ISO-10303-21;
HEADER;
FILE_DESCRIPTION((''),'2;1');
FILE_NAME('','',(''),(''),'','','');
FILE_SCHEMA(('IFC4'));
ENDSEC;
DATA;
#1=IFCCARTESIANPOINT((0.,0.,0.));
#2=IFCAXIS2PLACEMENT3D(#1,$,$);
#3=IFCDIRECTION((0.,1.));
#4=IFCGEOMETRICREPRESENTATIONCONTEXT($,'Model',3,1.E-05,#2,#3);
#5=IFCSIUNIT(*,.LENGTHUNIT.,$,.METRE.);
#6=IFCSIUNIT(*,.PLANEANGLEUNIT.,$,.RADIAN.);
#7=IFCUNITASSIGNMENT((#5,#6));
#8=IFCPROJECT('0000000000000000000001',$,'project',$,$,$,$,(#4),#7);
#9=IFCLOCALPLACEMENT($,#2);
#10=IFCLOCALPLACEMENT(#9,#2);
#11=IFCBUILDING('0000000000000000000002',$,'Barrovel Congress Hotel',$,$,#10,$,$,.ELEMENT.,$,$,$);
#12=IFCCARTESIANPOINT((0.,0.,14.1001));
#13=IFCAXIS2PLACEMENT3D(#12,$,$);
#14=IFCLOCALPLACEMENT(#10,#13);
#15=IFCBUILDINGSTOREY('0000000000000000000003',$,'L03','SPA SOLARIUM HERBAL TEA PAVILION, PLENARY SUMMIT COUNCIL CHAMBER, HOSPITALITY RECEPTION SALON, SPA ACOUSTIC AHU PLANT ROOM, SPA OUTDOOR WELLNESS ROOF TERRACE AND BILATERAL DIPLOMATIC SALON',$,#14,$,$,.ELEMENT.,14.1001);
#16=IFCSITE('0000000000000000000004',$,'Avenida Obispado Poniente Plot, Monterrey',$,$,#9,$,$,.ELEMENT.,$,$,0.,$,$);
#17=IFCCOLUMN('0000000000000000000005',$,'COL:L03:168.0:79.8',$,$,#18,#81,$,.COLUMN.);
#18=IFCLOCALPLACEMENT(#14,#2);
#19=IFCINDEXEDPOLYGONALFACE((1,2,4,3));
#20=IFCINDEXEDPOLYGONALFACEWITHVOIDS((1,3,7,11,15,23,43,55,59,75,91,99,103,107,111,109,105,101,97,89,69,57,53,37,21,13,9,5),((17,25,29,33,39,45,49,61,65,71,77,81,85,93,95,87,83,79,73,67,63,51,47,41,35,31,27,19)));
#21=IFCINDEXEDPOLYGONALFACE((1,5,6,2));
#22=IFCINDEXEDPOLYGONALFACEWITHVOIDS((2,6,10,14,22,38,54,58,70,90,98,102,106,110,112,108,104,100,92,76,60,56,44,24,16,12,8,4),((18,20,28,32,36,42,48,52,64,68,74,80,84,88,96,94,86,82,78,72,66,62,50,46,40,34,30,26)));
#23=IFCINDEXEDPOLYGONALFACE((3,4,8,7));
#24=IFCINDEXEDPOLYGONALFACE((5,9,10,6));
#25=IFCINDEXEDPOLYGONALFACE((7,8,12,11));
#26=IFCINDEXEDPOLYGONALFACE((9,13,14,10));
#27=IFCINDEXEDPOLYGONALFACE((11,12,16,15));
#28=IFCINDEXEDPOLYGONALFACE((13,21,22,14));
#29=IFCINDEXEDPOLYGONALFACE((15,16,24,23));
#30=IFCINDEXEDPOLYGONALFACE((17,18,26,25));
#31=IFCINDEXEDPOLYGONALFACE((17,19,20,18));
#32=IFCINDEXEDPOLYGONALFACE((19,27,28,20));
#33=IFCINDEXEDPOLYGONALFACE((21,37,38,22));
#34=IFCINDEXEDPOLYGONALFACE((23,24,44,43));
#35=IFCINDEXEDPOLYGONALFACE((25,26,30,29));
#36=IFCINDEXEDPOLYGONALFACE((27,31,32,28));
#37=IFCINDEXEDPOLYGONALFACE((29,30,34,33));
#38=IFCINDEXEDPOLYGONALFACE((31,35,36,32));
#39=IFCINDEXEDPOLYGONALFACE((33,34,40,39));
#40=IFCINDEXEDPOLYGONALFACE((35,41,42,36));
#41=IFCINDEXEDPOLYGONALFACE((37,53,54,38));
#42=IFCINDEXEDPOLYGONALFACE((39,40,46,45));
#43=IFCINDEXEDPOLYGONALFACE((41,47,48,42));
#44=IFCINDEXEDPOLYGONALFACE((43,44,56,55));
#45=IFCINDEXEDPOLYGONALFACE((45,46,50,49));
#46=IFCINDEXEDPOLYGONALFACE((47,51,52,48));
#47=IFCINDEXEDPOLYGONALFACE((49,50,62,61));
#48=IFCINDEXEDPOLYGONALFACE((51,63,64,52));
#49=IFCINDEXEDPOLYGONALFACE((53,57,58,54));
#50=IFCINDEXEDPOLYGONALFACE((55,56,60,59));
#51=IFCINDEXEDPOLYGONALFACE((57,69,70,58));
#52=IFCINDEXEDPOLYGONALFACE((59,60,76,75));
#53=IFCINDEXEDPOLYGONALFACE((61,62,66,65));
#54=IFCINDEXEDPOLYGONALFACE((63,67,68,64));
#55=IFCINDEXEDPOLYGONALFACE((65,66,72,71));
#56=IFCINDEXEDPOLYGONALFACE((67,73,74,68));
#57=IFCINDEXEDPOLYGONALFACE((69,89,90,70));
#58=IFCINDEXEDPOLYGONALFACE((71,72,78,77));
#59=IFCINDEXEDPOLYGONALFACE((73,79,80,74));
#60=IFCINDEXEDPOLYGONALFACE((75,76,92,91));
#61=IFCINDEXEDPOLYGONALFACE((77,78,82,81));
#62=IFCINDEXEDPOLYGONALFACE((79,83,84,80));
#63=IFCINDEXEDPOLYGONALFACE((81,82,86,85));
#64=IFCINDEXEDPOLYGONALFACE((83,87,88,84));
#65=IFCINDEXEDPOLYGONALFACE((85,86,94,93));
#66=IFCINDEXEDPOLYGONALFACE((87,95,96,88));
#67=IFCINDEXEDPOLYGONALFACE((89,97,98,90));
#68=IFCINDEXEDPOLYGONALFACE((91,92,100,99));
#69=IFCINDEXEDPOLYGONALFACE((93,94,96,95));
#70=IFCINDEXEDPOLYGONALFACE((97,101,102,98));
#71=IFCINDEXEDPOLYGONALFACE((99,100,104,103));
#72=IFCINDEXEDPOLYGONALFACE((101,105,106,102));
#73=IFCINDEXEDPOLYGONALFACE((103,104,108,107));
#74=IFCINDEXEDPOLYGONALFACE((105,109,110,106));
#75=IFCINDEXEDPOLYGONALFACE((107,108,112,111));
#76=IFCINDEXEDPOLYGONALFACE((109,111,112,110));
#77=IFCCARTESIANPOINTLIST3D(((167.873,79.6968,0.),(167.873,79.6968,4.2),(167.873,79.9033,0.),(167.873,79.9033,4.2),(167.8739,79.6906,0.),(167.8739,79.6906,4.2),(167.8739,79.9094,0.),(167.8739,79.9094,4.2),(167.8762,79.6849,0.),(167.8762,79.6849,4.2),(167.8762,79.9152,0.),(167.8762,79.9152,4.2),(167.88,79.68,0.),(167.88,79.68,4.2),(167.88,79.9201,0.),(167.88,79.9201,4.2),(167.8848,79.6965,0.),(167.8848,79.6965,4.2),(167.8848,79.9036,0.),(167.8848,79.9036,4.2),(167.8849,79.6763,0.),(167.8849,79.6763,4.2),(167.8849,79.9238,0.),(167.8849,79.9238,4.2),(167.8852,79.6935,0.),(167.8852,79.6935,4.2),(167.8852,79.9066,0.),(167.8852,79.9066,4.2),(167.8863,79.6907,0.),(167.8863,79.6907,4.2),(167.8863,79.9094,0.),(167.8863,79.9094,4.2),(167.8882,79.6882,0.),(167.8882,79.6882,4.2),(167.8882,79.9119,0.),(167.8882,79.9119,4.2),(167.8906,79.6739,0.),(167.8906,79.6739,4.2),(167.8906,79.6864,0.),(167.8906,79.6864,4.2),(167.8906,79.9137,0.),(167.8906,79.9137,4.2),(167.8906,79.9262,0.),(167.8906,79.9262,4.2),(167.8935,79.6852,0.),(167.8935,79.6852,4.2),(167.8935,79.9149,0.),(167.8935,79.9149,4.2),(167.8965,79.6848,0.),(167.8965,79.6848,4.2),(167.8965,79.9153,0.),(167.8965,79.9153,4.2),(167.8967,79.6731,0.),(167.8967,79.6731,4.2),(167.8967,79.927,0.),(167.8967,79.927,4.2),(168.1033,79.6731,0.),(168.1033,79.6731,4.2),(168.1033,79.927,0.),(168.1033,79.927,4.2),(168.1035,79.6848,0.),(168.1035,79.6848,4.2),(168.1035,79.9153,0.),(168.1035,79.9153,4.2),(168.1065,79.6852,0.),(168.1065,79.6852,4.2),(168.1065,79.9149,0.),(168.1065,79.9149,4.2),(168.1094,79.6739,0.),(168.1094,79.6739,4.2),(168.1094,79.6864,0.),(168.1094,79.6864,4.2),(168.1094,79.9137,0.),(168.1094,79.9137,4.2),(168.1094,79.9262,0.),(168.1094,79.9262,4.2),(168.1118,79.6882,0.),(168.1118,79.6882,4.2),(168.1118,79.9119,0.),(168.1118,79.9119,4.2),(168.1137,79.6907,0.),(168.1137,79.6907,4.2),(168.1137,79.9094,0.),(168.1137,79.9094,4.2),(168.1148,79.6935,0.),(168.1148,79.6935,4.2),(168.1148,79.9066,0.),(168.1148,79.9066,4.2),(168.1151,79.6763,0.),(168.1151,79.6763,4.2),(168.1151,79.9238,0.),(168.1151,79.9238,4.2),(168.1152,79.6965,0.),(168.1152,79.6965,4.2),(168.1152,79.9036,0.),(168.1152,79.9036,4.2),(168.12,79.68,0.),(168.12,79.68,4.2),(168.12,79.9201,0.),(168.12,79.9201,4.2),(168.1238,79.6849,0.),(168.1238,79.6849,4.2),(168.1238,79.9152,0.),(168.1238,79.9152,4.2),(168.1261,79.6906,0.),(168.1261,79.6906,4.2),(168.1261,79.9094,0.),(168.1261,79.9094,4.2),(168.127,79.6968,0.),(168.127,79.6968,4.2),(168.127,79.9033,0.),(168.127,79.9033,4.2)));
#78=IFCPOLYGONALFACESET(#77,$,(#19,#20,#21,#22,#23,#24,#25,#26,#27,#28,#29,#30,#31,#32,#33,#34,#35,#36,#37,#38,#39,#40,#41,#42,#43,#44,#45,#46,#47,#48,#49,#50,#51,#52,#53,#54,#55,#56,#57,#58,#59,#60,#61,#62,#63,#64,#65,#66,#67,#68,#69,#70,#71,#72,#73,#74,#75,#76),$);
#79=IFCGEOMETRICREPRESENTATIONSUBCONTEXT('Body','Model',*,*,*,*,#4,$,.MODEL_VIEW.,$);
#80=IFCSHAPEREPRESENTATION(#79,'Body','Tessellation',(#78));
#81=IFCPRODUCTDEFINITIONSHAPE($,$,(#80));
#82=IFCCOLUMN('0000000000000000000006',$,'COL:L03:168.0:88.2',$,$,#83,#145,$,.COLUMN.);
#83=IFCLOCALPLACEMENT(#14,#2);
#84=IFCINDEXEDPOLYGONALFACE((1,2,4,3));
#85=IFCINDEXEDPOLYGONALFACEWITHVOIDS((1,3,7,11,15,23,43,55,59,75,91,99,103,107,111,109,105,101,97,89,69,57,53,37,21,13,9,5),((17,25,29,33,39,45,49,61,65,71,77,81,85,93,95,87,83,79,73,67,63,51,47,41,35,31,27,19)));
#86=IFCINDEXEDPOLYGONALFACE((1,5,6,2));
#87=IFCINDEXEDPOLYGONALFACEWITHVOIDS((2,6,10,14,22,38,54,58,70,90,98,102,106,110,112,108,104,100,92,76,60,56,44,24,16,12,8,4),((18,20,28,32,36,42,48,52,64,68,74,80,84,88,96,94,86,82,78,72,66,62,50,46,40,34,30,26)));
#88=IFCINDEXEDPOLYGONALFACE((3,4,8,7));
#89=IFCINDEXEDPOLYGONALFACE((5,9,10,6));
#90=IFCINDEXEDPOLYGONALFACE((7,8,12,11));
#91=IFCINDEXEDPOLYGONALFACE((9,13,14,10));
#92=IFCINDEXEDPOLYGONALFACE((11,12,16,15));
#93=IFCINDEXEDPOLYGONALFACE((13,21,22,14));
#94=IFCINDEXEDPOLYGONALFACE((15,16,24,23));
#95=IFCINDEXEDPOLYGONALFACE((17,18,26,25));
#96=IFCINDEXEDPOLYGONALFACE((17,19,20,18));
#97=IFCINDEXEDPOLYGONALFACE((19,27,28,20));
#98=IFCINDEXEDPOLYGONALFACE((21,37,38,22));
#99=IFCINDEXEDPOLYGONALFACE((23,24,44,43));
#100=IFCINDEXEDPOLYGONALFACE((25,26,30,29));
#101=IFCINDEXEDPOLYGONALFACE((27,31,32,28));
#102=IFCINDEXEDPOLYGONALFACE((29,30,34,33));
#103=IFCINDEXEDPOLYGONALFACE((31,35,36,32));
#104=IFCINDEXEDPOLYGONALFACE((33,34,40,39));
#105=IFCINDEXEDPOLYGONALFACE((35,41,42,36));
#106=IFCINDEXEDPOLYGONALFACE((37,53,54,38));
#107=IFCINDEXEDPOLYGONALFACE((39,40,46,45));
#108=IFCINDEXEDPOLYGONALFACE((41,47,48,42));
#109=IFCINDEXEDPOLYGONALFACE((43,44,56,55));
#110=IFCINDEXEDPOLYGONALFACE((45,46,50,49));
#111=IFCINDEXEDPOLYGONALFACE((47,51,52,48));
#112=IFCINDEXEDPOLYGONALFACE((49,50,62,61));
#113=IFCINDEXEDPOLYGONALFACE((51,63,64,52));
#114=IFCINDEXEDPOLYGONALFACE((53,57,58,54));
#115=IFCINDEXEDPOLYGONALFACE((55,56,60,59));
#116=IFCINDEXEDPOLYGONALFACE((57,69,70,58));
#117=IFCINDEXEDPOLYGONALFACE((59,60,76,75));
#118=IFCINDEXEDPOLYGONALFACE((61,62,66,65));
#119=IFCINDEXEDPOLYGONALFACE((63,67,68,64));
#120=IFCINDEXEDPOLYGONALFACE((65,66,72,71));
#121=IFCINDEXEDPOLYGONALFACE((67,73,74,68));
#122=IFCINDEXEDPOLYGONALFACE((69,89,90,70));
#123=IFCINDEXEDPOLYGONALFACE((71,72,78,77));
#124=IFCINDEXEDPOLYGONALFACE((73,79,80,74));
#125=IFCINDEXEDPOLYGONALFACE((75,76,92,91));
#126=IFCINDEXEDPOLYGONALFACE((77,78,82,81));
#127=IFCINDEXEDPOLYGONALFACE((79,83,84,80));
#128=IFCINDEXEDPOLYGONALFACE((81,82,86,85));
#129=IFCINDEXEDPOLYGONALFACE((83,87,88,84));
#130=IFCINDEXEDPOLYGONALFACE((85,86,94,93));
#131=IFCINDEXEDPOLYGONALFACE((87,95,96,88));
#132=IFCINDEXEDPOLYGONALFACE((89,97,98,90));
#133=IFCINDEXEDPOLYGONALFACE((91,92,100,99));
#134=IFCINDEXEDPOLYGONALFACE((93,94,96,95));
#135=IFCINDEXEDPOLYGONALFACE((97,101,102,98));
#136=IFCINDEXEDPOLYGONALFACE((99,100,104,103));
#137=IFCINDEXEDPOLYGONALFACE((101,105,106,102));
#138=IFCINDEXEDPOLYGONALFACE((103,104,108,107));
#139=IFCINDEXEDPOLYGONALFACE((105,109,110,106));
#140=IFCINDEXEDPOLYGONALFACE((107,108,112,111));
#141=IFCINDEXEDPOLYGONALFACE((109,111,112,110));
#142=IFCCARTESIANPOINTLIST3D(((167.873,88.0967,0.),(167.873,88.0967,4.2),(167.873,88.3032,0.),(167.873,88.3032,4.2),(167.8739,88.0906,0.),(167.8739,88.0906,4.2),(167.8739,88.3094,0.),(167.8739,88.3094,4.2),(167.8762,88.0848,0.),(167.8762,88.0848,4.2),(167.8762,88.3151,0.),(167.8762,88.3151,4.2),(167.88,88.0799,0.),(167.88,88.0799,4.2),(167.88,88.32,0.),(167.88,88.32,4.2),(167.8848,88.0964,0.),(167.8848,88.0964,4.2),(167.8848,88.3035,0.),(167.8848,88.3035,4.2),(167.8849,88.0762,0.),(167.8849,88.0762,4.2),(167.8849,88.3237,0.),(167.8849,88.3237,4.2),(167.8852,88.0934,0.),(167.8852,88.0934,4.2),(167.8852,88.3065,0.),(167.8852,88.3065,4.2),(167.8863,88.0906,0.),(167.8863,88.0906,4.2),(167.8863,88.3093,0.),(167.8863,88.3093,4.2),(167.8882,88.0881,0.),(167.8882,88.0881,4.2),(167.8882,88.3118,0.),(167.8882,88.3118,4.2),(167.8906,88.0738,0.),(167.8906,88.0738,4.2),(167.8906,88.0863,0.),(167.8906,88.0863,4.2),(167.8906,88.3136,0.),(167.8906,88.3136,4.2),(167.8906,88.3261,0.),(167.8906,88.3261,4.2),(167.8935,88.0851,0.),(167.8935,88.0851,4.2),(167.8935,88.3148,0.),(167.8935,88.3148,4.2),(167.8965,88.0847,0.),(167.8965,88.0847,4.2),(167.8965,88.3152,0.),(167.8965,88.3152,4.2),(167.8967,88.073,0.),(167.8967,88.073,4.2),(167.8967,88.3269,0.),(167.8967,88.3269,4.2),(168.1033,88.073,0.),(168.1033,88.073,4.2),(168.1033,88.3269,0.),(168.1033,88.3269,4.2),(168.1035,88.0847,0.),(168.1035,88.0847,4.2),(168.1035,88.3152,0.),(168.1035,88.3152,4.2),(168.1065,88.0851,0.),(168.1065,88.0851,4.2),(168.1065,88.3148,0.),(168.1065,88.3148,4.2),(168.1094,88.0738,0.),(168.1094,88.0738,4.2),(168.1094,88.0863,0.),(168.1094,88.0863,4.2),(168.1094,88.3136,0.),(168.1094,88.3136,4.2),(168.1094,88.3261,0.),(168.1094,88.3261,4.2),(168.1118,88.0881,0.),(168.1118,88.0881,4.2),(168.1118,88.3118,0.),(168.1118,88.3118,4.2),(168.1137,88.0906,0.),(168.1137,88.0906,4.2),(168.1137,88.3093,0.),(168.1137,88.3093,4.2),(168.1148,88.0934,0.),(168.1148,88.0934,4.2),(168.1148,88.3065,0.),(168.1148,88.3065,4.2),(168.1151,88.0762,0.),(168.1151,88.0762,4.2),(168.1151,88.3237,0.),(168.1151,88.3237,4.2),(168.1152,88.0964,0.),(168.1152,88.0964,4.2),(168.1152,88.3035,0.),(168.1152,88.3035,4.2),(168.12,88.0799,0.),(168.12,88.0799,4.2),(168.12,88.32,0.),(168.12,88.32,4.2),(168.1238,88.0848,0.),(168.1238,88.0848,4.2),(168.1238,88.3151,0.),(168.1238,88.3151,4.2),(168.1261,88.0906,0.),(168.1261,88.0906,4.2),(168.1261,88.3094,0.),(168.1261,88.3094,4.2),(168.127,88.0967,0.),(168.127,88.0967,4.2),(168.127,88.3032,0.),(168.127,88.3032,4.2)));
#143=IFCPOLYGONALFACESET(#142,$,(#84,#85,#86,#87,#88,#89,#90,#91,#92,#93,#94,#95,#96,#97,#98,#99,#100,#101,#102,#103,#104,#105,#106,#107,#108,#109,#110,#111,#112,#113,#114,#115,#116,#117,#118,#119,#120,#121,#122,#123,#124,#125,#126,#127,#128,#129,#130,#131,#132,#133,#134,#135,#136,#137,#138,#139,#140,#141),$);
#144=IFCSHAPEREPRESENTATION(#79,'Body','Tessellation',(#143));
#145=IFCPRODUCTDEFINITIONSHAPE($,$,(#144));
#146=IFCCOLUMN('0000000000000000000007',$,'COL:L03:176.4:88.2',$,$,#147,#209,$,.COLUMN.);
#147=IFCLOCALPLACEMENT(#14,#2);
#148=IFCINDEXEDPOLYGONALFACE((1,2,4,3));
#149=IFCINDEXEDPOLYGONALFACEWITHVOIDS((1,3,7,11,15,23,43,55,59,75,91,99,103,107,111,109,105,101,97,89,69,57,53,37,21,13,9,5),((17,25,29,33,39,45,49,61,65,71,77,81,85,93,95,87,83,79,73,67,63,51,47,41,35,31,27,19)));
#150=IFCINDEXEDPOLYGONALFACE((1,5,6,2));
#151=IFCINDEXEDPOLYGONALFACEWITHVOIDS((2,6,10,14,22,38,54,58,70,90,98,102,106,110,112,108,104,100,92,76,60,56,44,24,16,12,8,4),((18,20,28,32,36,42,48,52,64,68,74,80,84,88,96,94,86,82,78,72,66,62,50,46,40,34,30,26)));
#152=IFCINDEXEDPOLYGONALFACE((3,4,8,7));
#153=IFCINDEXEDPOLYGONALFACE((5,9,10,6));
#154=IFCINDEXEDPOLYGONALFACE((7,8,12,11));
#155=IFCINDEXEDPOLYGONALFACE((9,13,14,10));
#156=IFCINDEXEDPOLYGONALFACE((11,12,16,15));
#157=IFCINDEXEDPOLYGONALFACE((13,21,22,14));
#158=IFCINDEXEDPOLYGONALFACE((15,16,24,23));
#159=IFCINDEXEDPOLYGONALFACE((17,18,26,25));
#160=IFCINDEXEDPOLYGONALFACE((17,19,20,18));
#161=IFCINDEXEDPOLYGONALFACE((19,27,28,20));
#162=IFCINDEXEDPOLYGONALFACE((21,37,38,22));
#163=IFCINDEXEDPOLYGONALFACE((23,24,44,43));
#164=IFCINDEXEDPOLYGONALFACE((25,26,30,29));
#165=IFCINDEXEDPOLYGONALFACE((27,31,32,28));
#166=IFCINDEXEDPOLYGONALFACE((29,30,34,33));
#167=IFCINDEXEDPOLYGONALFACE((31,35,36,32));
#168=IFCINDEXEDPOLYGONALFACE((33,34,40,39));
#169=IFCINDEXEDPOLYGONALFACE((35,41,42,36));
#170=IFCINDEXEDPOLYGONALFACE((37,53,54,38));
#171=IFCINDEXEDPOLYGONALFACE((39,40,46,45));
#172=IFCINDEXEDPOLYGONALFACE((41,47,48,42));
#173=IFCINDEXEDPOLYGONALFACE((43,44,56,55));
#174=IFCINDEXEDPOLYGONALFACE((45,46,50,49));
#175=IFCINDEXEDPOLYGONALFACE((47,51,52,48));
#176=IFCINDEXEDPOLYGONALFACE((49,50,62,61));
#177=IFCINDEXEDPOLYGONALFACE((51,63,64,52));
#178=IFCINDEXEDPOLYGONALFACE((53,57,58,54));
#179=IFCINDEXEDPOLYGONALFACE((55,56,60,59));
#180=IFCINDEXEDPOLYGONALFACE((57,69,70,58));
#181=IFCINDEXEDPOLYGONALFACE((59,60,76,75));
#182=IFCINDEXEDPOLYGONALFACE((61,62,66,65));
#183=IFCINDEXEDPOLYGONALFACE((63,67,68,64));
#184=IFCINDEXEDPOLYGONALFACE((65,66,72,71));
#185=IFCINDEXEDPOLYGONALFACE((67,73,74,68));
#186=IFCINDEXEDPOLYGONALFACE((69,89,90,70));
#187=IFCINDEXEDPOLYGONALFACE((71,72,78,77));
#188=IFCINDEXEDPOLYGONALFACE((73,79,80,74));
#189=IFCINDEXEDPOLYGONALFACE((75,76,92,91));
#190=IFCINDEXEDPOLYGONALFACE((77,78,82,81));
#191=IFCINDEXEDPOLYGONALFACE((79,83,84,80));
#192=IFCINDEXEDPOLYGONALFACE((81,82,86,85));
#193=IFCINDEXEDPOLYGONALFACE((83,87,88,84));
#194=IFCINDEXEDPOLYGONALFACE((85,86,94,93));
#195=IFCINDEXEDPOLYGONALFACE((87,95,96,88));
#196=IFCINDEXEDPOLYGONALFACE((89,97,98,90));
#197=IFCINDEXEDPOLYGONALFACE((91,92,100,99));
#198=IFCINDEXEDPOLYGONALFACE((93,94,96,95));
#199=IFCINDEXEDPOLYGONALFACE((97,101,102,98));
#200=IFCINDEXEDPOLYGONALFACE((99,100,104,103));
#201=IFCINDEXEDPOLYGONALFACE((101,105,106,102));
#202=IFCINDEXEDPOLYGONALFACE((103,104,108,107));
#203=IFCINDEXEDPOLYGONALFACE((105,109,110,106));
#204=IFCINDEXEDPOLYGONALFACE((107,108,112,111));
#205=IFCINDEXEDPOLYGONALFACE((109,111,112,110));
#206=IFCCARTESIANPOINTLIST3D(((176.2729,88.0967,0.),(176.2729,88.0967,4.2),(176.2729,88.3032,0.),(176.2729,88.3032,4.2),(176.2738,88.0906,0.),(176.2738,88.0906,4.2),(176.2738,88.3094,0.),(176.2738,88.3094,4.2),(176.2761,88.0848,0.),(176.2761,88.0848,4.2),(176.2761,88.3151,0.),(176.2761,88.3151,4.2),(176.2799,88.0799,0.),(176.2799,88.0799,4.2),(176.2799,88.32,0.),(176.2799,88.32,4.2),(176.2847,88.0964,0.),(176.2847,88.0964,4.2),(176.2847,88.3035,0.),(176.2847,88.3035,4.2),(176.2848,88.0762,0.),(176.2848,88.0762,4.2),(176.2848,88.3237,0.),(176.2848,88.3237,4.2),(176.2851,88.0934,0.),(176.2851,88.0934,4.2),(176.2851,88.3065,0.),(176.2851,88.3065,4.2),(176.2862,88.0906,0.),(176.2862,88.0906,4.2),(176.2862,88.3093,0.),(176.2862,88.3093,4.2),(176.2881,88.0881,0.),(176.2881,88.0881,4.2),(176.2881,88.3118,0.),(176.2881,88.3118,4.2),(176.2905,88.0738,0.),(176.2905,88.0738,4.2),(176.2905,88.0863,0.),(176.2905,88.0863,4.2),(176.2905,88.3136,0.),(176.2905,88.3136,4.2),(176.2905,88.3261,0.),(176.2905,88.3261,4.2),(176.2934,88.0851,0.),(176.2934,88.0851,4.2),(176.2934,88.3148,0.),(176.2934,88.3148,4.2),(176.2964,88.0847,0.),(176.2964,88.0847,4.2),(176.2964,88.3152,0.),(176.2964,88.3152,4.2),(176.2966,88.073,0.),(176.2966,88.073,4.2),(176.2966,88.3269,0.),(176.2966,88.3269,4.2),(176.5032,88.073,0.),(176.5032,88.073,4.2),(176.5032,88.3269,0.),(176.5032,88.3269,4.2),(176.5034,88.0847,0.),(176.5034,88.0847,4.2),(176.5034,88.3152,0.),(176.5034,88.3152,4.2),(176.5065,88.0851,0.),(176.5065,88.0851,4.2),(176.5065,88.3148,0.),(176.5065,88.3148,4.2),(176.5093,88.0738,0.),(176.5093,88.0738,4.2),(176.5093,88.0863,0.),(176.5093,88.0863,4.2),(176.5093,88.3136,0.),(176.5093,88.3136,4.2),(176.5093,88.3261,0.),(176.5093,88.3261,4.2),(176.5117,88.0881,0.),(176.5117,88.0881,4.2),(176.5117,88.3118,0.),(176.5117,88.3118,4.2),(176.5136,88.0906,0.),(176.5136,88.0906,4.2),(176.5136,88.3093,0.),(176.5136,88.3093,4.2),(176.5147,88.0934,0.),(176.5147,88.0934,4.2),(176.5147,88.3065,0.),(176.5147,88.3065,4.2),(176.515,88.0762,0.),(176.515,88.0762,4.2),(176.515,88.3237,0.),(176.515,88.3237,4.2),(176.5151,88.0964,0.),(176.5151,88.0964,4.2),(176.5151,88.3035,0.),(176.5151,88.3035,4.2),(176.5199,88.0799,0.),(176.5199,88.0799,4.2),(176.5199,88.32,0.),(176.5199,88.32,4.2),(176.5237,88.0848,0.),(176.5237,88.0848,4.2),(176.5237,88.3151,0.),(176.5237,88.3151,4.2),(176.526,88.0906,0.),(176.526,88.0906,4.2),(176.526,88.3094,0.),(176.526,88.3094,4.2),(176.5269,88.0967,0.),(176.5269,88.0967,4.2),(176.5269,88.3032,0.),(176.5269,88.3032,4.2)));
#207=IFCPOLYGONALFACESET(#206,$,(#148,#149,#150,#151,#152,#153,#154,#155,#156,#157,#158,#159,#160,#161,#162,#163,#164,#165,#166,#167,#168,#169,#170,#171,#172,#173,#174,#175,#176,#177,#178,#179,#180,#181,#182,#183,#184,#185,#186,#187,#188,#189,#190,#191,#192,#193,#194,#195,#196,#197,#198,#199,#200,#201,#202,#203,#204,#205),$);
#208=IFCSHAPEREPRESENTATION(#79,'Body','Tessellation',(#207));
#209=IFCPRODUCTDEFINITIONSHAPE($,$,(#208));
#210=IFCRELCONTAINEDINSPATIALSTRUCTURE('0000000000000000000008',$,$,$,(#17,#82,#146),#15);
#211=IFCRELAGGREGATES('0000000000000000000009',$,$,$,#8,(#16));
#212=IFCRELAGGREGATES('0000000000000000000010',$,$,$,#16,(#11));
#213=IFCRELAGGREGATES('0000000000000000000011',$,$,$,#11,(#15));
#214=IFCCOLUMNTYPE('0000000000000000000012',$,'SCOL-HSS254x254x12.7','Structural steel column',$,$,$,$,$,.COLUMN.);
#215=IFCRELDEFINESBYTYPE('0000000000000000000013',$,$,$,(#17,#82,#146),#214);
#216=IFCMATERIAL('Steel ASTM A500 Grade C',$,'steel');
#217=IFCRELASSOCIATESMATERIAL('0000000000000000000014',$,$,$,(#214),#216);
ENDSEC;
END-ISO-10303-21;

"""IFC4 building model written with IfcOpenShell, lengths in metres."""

from ifc_helpers import new_model, si_unit, direction, frame, origin, origin_2d, place, context, subcontext, project, spatial, hollow_rectangle, extrude, material, material_profile, profile_set, type_object, element, save


model = new_model("IFC4")

# Units and contexts
model_context = context("Model", 3, precision=1e-05, world=origin(), true_north=direction((0.0, 1.0)))
body_context = subcontext(model_context, "Body", "Model", "MODEL_VIEW")
ifc_project = project(units=[si_unit("LENGTHUNIT", "METRE"), si_unit("PLANEANGLEUNIT", "RADIAN")], contexts=[model_context])

# Site, building, storey
site_placement = place(None, origin())
site = spatial("IfcSite", under=ifc_project, at=site_placement, Name="Avenida Obispado Poniente Plot, Monterrey", CompositionType="ELEMENT", RefElevation=0.0)
building_placement = place(site_placement, origin())
building = spatial("IfcBuilding", under=site, at=building_placement, Name="Barrovel Congress Hotel", CompositionType="ELEMENT")
storey_placement = place(building_placement, frame((0.0, 0.0, 14.1001)))
storey = spatial("IfcBuildingStorey", under=building, at=storey_placement, Name="L03", Description="SPA SOLARIUM HERBAL TEA PAVILION, PLENARY SUMMIT COUNCIL CHAMBER, HOSPITALITY RECEPTION SALON, SPA ACOUSTIC AHU PLANT ROOM, SPA OUTDOOR WELLNESS ROOF TERRACE AND BILATERAL DIPLOMATIC SALON", CompositionType="ELEMENT", Elevation=14.1001)

# Columns
ifc_material_1 = material(Name="Steel ASTM A500 Grade C", Category="steel")
ifc_material_profile_1 = material_profile(ifc_material_1, hollow_rectangle(XDim=0.2539, YDim=0.2539, WallThickness=0.0117, InnerFilletRadius=0.0117, OuterFilletRadius=0.0237, at=origin_2d()), Name="HSS254x254x12.7")
ifc_profile_set_1 = profile_set([ifc_material_profile_1], Name="Steel ASTM A500 Grade C")
column_type_1 = type_object("IfcColumnType", Name="SCOL-HSS254x254x12.7", Description="Structural steel column", PredefinedType="COLUMN", material=ifc_profile_set_1)
for number, where, z_axis, x_axis, name in (
    (1, (168.0, 79.8, 0.0), (0.0, 0.0, 1.0), (1.0, 0.0, 0.0), "COL:L03:168.0:79.8"),
    (2, (168.0, 88.2, 0.0), (0.0, 0.0, 1.0), (1.0, 0.0, 0.0), "COL:L03:168.0:88.2"),
    (3, (176.3999, 88.2, 0.0), (0.0, 0.0, 1.0), (1.0, 0.0, 0.0), "COL:L03:176.4:88.2"),
):
    element("IfcColumn", number, at=place(storey_placement, frame(where, z_axis=z_axis, x_axis=x_axis)), inside=storey, type_object=column_type_1, Name=name, PredefinedType="COLUMN", context=body_context, shape_type="SweptSolid", body=[
        extrude(hollow_rectangle(XDim=0.2539, YDim=0.2539, WallThickness=0.0117, InnerFilletRadius=0.0117, OuterFilletRadius=0.0237, at=origin_2d()), origin(), (0.0, 0.0, 1.0), 4.2),
    ])

save(model, "model.ifc")
